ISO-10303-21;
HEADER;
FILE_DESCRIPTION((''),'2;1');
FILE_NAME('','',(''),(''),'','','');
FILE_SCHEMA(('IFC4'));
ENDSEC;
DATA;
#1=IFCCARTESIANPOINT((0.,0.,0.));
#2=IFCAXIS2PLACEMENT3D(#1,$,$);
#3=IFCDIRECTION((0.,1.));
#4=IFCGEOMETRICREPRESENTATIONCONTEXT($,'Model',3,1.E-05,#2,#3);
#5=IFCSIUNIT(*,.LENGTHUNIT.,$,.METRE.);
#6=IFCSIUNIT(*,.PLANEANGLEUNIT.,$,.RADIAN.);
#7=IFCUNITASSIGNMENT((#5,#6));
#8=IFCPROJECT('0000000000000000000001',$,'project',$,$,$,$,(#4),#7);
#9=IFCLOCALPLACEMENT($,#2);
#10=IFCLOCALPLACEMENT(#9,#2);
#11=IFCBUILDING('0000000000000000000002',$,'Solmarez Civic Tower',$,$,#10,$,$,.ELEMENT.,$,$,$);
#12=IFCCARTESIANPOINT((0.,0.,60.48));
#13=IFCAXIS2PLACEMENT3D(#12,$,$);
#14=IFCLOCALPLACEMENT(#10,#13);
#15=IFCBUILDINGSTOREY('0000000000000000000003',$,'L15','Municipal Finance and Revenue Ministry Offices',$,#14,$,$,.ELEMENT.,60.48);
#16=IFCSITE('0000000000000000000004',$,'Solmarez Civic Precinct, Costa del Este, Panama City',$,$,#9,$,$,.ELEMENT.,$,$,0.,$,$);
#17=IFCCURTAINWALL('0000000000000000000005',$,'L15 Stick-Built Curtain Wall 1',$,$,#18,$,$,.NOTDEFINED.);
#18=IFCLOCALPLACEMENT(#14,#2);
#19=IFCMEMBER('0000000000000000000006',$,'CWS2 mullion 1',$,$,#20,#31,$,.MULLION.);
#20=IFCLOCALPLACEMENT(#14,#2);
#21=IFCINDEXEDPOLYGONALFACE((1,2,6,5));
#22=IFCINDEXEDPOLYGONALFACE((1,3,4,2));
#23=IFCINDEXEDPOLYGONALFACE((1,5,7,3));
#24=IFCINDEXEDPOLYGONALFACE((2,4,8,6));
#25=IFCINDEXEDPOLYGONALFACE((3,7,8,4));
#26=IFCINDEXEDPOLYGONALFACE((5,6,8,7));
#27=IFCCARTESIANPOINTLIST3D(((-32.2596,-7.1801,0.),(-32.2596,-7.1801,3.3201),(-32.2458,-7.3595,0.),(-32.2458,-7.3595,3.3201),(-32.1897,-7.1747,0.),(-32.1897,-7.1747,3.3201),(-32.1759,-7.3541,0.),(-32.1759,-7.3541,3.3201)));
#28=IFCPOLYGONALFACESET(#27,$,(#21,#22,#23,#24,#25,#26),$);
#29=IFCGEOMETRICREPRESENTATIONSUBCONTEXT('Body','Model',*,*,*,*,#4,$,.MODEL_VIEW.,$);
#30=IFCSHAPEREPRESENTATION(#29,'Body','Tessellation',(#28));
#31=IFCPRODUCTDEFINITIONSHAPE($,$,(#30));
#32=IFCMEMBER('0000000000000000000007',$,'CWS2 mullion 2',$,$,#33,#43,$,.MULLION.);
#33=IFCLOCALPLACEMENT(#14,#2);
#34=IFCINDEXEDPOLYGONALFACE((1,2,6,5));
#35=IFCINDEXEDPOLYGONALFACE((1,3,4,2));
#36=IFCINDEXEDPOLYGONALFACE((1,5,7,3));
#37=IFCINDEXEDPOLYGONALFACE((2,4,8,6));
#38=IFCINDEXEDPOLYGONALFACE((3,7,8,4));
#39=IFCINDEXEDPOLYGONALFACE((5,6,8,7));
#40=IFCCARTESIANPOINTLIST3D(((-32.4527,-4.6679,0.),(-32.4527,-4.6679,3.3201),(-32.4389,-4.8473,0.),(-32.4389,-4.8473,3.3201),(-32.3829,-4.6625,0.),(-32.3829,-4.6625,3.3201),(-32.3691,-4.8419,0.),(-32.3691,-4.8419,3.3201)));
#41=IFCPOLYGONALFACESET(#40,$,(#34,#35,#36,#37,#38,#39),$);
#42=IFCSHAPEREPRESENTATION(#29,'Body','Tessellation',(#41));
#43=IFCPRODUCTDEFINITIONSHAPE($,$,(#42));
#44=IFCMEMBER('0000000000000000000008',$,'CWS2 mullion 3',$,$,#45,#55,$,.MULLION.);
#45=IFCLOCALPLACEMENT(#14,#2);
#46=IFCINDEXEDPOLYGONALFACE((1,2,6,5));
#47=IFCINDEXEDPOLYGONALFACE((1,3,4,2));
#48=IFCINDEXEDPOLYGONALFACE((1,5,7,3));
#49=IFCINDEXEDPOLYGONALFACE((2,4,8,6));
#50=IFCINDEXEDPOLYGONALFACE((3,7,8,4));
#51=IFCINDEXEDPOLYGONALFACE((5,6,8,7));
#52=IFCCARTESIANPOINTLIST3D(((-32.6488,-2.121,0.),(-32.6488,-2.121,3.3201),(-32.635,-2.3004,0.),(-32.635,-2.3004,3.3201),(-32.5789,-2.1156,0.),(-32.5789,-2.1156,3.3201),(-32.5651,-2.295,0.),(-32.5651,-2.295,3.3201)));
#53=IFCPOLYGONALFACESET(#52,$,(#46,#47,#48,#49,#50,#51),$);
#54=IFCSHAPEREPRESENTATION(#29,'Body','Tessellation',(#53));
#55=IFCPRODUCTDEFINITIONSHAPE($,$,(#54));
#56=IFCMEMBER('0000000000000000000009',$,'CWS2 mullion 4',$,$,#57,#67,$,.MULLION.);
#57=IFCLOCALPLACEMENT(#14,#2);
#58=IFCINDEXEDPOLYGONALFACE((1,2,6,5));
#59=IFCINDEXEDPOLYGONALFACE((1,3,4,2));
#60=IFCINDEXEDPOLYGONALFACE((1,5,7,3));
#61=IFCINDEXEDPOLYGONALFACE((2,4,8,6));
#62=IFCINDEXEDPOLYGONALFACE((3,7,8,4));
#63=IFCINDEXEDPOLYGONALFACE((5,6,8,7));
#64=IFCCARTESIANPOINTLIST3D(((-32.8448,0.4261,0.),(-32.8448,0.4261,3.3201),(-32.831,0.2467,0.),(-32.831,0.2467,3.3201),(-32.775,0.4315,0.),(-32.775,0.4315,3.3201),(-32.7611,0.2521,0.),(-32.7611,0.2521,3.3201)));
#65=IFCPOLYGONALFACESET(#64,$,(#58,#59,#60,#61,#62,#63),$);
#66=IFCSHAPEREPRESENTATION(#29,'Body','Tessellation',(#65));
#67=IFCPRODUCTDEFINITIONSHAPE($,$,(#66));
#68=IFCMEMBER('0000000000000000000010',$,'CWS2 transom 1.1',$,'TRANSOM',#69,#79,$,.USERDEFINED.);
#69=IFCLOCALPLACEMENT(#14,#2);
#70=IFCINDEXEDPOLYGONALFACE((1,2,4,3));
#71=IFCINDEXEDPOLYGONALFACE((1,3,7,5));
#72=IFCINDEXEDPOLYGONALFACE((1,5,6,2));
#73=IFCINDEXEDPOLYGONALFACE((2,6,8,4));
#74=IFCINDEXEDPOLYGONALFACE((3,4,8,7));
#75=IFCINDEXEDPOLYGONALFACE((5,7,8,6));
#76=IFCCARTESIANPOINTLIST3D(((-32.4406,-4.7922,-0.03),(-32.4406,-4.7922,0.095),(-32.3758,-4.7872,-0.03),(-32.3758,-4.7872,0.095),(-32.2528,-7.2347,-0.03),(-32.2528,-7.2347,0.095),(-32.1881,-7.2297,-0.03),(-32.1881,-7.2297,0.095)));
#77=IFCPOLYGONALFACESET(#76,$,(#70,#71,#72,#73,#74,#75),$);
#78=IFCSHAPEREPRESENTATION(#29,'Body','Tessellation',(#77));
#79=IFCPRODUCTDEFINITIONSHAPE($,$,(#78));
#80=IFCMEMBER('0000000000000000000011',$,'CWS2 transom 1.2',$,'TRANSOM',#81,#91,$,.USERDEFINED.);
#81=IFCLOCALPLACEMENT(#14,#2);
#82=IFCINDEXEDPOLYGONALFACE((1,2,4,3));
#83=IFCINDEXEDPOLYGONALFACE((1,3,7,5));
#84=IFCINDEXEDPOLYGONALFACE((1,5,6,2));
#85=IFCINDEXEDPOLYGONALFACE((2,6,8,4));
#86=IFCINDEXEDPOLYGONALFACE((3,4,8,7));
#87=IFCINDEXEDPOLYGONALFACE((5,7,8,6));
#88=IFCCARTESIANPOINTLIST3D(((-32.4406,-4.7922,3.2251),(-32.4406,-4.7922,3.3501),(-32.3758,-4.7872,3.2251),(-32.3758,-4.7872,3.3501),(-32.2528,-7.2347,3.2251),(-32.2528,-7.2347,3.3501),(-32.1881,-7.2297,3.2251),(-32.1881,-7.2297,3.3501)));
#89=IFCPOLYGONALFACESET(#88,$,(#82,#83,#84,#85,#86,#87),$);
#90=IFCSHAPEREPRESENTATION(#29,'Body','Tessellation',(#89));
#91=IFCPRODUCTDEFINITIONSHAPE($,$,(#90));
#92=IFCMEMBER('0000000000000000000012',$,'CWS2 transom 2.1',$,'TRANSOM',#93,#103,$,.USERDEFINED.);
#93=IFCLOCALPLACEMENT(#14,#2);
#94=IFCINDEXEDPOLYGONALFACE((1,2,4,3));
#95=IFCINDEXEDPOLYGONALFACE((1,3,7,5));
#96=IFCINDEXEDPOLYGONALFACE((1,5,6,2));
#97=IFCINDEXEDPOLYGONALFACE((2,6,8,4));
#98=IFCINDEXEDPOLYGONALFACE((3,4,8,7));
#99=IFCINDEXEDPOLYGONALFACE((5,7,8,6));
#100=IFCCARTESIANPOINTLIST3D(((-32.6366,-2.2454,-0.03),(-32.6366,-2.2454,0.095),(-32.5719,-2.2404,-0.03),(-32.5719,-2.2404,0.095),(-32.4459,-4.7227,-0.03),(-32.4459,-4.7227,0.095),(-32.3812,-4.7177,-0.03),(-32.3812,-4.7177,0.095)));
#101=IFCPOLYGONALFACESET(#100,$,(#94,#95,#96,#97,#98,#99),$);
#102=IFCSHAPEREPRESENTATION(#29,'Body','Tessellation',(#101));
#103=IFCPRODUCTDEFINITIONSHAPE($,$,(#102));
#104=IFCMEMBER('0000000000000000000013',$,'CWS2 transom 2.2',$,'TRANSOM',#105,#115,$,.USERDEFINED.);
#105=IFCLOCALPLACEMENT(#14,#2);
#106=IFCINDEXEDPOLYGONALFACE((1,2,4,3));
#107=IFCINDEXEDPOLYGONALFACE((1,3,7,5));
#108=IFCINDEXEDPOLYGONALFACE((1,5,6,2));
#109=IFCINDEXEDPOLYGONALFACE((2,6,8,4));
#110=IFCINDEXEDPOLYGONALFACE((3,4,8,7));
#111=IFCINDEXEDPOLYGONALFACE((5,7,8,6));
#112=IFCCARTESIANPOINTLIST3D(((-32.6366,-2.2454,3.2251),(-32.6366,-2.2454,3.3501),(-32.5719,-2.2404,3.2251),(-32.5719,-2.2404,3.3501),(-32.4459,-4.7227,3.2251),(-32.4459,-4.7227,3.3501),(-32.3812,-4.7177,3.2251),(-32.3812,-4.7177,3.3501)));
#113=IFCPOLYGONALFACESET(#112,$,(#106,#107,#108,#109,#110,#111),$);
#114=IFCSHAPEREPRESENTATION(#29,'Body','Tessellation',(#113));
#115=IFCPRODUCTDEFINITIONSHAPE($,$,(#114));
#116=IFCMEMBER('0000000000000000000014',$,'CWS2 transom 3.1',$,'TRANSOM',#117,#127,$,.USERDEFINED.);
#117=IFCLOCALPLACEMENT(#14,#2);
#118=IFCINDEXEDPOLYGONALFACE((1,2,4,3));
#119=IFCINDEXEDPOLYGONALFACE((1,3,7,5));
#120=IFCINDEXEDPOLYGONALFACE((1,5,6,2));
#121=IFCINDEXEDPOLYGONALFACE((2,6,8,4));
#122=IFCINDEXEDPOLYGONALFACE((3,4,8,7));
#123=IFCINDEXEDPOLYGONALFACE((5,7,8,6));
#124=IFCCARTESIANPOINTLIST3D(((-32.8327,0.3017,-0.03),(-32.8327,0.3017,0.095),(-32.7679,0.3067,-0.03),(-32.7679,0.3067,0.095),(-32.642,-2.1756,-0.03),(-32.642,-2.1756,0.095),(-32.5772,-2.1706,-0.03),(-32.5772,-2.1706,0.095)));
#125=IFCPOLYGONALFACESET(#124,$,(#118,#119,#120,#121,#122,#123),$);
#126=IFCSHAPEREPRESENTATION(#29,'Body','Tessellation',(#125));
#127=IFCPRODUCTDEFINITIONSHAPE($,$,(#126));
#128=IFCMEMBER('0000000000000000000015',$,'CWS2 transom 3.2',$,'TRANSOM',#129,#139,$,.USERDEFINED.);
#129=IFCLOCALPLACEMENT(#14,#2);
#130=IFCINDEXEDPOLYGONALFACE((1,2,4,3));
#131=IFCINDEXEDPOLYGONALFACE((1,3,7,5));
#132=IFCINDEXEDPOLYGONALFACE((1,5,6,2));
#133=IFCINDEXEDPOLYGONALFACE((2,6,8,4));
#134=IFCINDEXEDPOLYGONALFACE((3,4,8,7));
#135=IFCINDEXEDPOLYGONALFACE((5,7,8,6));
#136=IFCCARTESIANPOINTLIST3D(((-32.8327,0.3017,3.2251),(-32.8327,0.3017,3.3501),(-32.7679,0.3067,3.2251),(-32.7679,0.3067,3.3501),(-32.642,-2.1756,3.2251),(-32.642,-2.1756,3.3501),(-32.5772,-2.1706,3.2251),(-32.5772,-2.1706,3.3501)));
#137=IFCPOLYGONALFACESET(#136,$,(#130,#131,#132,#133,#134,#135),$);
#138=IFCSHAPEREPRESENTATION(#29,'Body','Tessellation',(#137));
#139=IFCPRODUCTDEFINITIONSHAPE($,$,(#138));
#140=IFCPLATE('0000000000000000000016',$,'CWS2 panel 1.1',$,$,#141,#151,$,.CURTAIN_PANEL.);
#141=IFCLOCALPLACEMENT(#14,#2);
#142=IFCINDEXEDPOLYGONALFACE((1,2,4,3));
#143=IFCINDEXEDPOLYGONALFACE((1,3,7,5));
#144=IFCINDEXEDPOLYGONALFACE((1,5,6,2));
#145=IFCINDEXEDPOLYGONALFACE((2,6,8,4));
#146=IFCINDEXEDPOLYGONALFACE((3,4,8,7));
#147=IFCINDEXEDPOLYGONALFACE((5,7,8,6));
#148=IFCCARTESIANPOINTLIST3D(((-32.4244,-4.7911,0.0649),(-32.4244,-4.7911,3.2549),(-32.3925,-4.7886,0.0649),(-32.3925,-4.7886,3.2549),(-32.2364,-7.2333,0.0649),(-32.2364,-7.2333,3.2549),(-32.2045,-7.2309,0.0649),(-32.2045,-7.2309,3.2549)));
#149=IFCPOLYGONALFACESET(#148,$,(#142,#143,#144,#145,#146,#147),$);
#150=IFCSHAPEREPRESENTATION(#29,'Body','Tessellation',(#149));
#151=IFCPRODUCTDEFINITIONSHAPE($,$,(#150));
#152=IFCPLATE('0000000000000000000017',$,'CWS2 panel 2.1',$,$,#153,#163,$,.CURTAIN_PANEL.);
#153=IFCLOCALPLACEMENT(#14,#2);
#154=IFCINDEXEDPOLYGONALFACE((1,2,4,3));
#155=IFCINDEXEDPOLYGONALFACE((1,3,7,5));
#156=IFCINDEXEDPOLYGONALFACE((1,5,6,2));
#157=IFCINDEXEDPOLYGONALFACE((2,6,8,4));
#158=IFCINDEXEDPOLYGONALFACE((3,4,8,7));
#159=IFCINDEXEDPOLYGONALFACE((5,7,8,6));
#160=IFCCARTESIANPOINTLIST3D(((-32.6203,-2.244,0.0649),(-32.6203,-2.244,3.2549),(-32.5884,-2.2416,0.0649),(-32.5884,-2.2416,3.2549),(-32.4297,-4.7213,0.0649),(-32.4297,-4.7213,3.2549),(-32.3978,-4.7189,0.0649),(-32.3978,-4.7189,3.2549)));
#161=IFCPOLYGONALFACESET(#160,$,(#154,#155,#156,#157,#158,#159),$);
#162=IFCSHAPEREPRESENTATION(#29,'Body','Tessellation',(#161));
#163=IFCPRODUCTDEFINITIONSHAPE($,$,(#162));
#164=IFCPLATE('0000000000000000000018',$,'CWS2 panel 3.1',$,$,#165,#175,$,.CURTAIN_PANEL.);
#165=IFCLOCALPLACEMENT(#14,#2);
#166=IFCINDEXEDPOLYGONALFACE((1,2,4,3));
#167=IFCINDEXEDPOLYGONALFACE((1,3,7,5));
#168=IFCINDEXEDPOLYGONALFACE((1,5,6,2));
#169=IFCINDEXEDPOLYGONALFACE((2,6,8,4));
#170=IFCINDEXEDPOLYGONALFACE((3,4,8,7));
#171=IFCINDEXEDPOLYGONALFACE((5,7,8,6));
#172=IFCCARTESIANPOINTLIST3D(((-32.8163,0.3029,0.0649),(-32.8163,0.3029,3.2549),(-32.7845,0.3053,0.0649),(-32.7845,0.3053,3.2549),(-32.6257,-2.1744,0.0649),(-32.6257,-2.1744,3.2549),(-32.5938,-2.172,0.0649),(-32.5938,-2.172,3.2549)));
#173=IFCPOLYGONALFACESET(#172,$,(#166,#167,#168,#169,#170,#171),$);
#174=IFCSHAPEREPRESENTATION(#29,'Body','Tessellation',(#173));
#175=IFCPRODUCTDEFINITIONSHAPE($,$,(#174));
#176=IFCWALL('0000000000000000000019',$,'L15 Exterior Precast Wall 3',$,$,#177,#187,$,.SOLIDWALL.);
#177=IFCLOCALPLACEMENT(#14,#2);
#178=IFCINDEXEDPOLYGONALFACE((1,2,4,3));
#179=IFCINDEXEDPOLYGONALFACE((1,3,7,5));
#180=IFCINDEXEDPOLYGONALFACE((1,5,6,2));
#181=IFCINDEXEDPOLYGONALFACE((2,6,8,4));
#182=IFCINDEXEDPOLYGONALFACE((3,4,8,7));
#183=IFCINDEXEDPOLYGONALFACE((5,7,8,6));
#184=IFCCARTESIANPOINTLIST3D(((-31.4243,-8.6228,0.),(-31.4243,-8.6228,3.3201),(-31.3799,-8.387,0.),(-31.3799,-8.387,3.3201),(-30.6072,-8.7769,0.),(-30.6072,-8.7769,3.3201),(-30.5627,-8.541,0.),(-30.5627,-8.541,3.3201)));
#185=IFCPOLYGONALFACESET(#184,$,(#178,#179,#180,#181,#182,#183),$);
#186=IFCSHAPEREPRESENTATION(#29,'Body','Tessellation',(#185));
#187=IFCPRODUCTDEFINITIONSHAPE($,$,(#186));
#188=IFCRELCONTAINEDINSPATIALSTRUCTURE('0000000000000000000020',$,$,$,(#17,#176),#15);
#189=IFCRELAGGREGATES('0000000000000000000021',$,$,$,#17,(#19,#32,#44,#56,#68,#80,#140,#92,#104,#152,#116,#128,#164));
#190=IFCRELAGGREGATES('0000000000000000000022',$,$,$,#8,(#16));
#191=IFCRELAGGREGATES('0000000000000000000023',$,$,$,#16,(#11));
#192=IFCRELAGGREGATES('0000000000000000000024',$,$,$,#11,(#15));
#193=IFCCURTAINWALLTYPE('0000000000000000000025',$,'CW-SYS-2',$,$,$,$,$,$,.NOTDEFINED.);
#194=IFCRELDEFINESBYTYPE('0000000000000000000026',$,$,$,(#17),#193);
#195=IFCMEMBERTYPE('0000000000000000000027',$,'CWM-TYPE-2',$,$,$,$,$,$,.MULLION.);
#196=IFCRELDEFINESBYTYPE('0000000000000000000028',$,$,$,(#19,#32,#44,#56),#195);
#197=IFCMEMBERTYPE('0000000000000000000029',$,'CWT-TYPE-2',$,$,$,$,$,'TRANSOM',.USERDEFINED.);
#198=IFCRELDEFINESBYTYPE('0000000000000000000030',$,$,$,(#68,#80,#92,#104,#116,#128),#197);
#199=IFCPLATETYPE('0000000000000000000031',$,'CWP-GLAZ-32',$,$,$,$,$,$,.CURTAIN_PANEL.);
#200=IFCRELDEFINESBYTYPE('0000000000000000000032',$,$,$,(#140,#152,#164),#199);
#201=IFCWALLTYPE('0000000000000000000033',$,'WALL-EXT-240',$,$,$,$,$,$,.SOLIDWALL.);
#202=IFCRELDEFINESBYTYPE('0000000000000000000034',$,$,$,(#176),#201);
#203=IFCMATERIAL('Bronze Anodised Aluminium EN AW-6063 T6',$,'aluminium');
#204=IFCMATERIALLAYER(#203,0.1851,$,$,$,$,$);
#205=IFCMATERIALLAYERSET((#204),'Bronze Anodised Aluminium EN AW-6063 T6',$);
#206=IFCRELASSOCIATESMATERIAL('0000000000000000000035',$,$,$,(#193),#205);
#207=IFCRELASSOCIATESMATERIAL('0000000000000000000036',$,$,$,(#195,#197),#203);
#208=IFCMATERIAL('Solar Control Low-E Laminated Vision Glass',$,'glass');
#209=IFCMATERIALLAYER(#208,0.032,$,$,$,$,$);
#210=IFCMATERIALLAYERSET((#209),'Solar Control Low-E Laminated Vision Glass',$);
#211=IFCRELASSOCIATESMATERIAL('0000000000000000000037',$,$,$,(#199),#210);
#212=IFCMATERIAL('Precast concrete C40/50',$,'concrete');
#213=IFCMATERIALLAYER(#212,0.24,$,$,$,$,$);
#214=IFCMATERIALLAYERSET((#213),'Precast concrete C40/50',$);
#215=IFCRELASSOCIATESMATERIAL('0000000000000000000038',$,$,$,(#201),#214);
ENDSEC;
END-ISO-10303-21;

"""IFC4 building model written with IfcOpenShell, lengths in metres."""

from ifc_helpers import new_model, si_unit, direction, frame, frame_2d, origin, origin_2d, place, context, subcontext, project, spatial, rectangle, extrude, material, layer, layer_set, material_profile, profile_set, type_object, element, aggregate, save


model = new_model("IFC4")

# Units and contexts
model_context = context("Model", 3, precision=1e-05, world=origin(), true_north=direction((0.0, 1.0)))
body_context = subcontext(model_context, "Body", "Model", "MODEL_VIEW")
ifc_project = project(units=[si_unit("LENGTHUNIT", "METRE"), si_unit("PLANEANGLEUNIT", "RADIAN")], contexts=[model_context])

# Site, building, storey
site_placement = place(None, origin())
site = spatial("IfcSite", under=ifc_project, at=site_placement, Name="Solmarez Civic Precinct, Costa del Este, Panama City", CompositionType="ELEMENT", RefElevation=0.0)
building_placement = place(site_placement, origin())
building = spatial("IfcBuilding", under=site, at=building_placement, Name="Solmarez Civic Tower", CompositionType="ELEMENT")
storey_placement = place(building_placement, frame((0.0, 0.0, 60.48)))
storey = spatial("IfcBuildingStorey", under=building, at=storey_placement, Name="L15", Description="Municipal Finance and Revenue Ministry Offices", CompositionType="ELEMENT", Elevation=60.48)

# Curtain wall, members, plates
ifc_material_1 = material(Name="Bronze Anodised Aluminium EN AW-6063 T6", Category="aluminium")
ifc_layer_1 = layer(ifc_material_1, 0.1851)
ifc_layer_set_1 = layer_set([ifc_layer_1], Name="Bronze Anodised Aluminium EN AW-6063 T6")
curtain_wall_type = type_object("IfcCurtainWallType", Name="CW-SYS-2", PredefinedType="NOTDEFINED", material=ifc_layer_set_1)
curtain_wall_placement = place(storey_placement, origin())
curtain_wall = element("IfcCurtainWall", 1, at=curtain_wall_placement, inside=storey, type_object=curtain_wall_type, Name="L15 Stick-Built Curtain Wall 1", PredefinedType="NOTDEFINED")
ifc_material_profile_1 = material_profile(ifc_material_1, rectangle(XDim=0.0701, YDim=0.1799, at=origin_2d()), Name="CWM-70X180")
ifc_profile_set_1 = profile_set([ifc_material_profile_1], Name="Bronze Anodised Aluminium EN AW-6063 T6")
member_type_1 = type_object("IfcMemberType", Name="CWM-TYPE-2", PredefinedType="MULLION", material=ifc_profile_set_1)
member_1_placement = place(storey_placement, frame((-32.2178, -7.2671, 0.0), z_axis=(0.0, 0.0, 1.0), x_axis=(-0.997052, -0.076726, 0.0)))
member_1 = element("IfcMember", 2, at=member_1_placement, type_object=member_type_1, Name="CWS2 mullion 1", PredefinedType="MULLION", context=body_context, shape_type="SweptSolid", body=[
    extrude(rectangle(XDim=0.0701, YDim=0.1799, at=origin_2d()), origin(), (0.0, 0.0, 1.0), 3.3201),
])
member_2_placement = place(storey_placement, frame((-32.4109, -4.7549, 0.0), z_axis=(0.0, 0.0, 1.0), x_axis=(-0.997052, -0.076726, 0.0)))
member_2 = element("IfcMember", 3, at=member_2_placement, type_object=member_type_1, Name="CWS2 mullion 2", PredefinedType="MULLION", context=body_context, shape_type="SweptSolid", body=[
    extrude(rectangle(XDim=0.0701, YDim=0.1799, at=origin_2d()), origin(), (0.0, 0.0, 1.0), 3.3201),
])
member_3_placement = place(storey_placement, frame((-32.6069, -2.208, 0.0), z_axis=(0.0, 0.0, 1.0), x_axis=(-0.997052, -0.076726, 0.0)))
member_3 = element("IfcMember", 4, at=member_3_placement, type_object=member_type_1, Name="CWS2 mullion 3", PredefinedType="MULLION", context=body_context, shape_type="SweptSolid", body=[
    extrude(rectangle(XDim=0.0701, YDim=0.1799, at=origin_2d()), origin(), (0.0, 0.0, 1.0), 3.3201),
])
member_4_placement = place(storey_placement, frame((-32.803, 0.3391, 0.0), z_axis=(0.0, 0.0, 1.0), x_axis=(-0.997052, -0.076726, 0.0)))
member_4 = element("IfcMember", 5, at=member_4_placement, type_object=member_type_1, Name="CWS2 mullion 4", PredefinedType="MULLION", context=body_context, shape_type="SweptSolid", body=[
    extrude(rectangle(XDim=0.0701, YDim=0.1799, at=origin_2d()), origin(), (0.0, 0.0, 1.0), 3.3201),
])
ifc_material_profile_2 = material_profile(ifc_material_1, rectangle(XDim=0.0649, YDim=0.125, at=origin_2d()), Name="CWT-65X125")
ifc_profile_set_2 = profile_set([ifc_material_profile_2], Name="Bronze Anodised Aluminium EN AW-6063 T6")
member_type_2 = type_object("IfcMemberType", Name="CWT-TYPE-2", ElementType="TRANSOM", PredefinedType="USERDEFINED", material=ifc_profile_set_2)
member_5_placement = place(storey_placement, frame((-32.2205, -7.2322, 0.0325), z_axis=(-0.076643, 0.997059, 0.0), x_axis=(-0.997059, -0.076643, 0.0)))
member_5 = element("IfcMember", 6, at=member_5_placement, type_object=member_type_2, Name="CWS2 transom 1.1", ObjectType="TRANSOM", PredefinedType="USERDEFINED", context=body_context, shape_type="SweptSolid", body=[
    extrude(rectangle(XDim=0.0649, YDim=0.125, at=origin_2d()), origin(), (0.0, 0.0, 1.0), 2.4497),
])
member_6_placement = place(storey_placement, frame((-32.2205, -7.2322, 3.2876), z_axis=(-0.076643, 0.997059, 0.0), x_axis=(-0.997059, -0.076643, 0.0)))
member_6 = element("IfcMember", 7, at=member_6_placement, type_object=member_type_2, Name="CWS2 transom 1.2", ObjectType="TRANSOM", PredefinedType="USERDEFINED", context=body_context, shape_type="SweptSolid", body=[
    extrude(rectangle(XDim=0.0649, YDim=0.125, at=origin_2d()), origin(), (0.0, 0.0, 1.0), 2.4497),
])
member_7_placement = place(storey_placement, frame((-32.4136, -4.7202, 0.0325), z_axis=(-0.076742, 0.997051, 0.0), x_axis=(-0.997051, -0.076742, 0.0)))
member_7 = element("IfcMember", 8, at=member_7_placement, type_object=member_type_2, Name="CWS2 transom 2.1", ObjectType="TRANSOM", PredefinedType="USERDEFINED", context=body_context, shape_type="SweptSolid", body=[
    extrude(rectangle(XDim=0.0649, YDim=0.125, at=origin_2d()), origin(), (0.0, 0.0, 1.0), 2.4846),
])
member_8_placement = place(storey_placement, frame((-32.4136, -4.7202, 3.2876), z_axis=(-0.076742, 0.997051, 0.0), x_axis=(-0.997051, -0.076742, 0.0)))
member_8 = element("IfcMember", 9, at=member_8_placement, type_object=member_type_2, Name="CWS2 transom 2.2", ObjectType="TRANSOM", PredefinedType="USERDEFINED", context=body_context, shape_type="SweptSolid", body=[
    extrude(rectangle(XDim=0.0649, YDim=0.125, at=origin_2d()), origin(), (0.0, 0.0, 1.0), 2.4846),
])
member_9_placement = place(storey_placement, frame((-32.6096, -2.1731, 0.0325), z_axis=(-0.076742, 0.997051, 0.0), x_axis=(-0.997051, -0.076742, 0.0)))
member_9 = element("IfcMember", 10, at=member_9_placement, type_object=member_type_2, Name="CWS2 transom 3.1", ObjectType="TRANSOM", PredefinedType="USERDEFINED", context=body_context, shape_type="SweptSolid", body=[
    extrude(rectangle(XDim=0.0649, YDim=0.125, at=origin_2d()), origin(), (0.0, 0.0, 1.0), 2.4846),
])
member_10_placement = place(storey_placement, frame((-32.6096, -2.1731, 3.2876), z_axis=(-0.076742, 0.997051, 0.0), x_axis=(-0.997051, -0.076742, 0.0)))
member_10 = element("IfcMember", 11, at=member_10_placement, type_object=member_type_2, Name="CWS2 transom 3.2", ObjectType="TRANSOM", PredefinedType="USERDEFINED", context=body_context, shape_type="SweptSolid", body=[
    extrude(rectangle(XDim=0.0649, YDim=0.125, at=origin_2d()), origin(), (0.0, 0.0, 1.0), 2.4846),
])
ifc_material_2 = material(Name="Solar Control Low-E Laminated Vision Glass", Category="glass")
ifc_layer_2 = layer(ifc_material_2, 0.032)
ifc_layer_set_2 = layer_set([ifc_layer_2], Name="Solar Control Low-E Laminated Vision Glass")
plate_type = type_object("IfcPlateType", Name="CWP-GLAZ-32", PredefinedType="CURTAIN_PANEL", material=ifc_layer_set_2)
plate_1_placement = place(storey_placement, frame((-32.3145, -6.011, 0.0649), z_axis=(0.0, 0.0, 1.0), x_axis=(-0.076726, 0.997052, 0.0)))
plate_1 = element("IfcPlate", 12, at=plate_1_placement, type_object=plate_type, Name="CWS2 panel 1.1", PredefinedType="CURTAIN_PANEL", context=body_context, shape_type="SweptSolid", body=[
    extrude(rectangle(XDim=2.4495, YDim=0.032, at=origin_2d()), origin(), (0.0, 0.0, 1.0), 3.1899),
])
plate_2_placement = place(storey_placement, frame((-32.509, -3.4814, 0.0649), z_axis=(0.0, 0.0, 1.0), x_axis=(-0.076726, 0.997052, 0.0)))
plate_2 = element("IfcPlate", 13, at=plate_2_placement, type_object=plate_type, Name="CWS2 panel 2.1", PredefinedType="CURTAIN_PANEL", context=body_context, shape_type="SweptSolid", body=[
    extrude(rectangle(XDim=2.4846, YDim=0.032, at=origin_2d()), origin(), (0.0, 0.0, 1.0), 3.1899),
])
plate_3_placement = place(storey_placement, frame((-32.7051, -0.9346, 0.0649), z_axis=(0.0, 0.0, 1.0), x_axis=(-0.076726, 0.997052, 0.0)))
plate_3 = element("IfcPlate", 14, at=plate_3_placement, type_object=plate_type, Name="CWS2 panel 3.1", PredefinedType="CURTAIN_PANEL", context=body_context, shape_type="SweptSolid", body=[
    extrude(rectangle(XDim=2.4846, YDim=0.032, at=origin_2d()), origin(), (0.0, 0.0, 1.0), 3.1899),
])
aggregate(curtain_wall, [member_1, member_2, member_3, member_4, member_5, member_6, plate_1, member_7, member_8, plate_2, member_9, member_10, plate_3])

# Wall
ifc_material_3 = material(Name="Precast concrete C40/50", Category="concrete")
ifc_layer_3 = layer(ifc_material_3, 0.24)
ifc_layer_set_3 = layer_set([ifc_layer_3], Name="Precast concrete C40/50")
wall_type = type_object("IfcWallType", Name="WALL-EXT-240", PredefinedType="SOLIDWALL", material=ifc_layer_set_3)
wall_1_placement = place(storey_placement, frame((-30.585, -8.6589, 0.0), z_axis=(0.0, 0.0, 1.0), x_axis=(-0.982689, 0.185263, 0.0)))
element("IfcWall", 15, at=wall_1_placement, inside=storey, type_object=wall_type, Name="L15 Exterior Precast Wall 3", PredefinedType="SOLIDWALL", context=body_context, shape_type="SweptSolid", body=[
    extrude(rectangle(XDim=0.8315, YDim=0.24, at=frame_2d((0.4158, 0.0))), origin(), (0.0, 0.0, 1.0), 3.3201),
])

save(model, "model.ifc")
